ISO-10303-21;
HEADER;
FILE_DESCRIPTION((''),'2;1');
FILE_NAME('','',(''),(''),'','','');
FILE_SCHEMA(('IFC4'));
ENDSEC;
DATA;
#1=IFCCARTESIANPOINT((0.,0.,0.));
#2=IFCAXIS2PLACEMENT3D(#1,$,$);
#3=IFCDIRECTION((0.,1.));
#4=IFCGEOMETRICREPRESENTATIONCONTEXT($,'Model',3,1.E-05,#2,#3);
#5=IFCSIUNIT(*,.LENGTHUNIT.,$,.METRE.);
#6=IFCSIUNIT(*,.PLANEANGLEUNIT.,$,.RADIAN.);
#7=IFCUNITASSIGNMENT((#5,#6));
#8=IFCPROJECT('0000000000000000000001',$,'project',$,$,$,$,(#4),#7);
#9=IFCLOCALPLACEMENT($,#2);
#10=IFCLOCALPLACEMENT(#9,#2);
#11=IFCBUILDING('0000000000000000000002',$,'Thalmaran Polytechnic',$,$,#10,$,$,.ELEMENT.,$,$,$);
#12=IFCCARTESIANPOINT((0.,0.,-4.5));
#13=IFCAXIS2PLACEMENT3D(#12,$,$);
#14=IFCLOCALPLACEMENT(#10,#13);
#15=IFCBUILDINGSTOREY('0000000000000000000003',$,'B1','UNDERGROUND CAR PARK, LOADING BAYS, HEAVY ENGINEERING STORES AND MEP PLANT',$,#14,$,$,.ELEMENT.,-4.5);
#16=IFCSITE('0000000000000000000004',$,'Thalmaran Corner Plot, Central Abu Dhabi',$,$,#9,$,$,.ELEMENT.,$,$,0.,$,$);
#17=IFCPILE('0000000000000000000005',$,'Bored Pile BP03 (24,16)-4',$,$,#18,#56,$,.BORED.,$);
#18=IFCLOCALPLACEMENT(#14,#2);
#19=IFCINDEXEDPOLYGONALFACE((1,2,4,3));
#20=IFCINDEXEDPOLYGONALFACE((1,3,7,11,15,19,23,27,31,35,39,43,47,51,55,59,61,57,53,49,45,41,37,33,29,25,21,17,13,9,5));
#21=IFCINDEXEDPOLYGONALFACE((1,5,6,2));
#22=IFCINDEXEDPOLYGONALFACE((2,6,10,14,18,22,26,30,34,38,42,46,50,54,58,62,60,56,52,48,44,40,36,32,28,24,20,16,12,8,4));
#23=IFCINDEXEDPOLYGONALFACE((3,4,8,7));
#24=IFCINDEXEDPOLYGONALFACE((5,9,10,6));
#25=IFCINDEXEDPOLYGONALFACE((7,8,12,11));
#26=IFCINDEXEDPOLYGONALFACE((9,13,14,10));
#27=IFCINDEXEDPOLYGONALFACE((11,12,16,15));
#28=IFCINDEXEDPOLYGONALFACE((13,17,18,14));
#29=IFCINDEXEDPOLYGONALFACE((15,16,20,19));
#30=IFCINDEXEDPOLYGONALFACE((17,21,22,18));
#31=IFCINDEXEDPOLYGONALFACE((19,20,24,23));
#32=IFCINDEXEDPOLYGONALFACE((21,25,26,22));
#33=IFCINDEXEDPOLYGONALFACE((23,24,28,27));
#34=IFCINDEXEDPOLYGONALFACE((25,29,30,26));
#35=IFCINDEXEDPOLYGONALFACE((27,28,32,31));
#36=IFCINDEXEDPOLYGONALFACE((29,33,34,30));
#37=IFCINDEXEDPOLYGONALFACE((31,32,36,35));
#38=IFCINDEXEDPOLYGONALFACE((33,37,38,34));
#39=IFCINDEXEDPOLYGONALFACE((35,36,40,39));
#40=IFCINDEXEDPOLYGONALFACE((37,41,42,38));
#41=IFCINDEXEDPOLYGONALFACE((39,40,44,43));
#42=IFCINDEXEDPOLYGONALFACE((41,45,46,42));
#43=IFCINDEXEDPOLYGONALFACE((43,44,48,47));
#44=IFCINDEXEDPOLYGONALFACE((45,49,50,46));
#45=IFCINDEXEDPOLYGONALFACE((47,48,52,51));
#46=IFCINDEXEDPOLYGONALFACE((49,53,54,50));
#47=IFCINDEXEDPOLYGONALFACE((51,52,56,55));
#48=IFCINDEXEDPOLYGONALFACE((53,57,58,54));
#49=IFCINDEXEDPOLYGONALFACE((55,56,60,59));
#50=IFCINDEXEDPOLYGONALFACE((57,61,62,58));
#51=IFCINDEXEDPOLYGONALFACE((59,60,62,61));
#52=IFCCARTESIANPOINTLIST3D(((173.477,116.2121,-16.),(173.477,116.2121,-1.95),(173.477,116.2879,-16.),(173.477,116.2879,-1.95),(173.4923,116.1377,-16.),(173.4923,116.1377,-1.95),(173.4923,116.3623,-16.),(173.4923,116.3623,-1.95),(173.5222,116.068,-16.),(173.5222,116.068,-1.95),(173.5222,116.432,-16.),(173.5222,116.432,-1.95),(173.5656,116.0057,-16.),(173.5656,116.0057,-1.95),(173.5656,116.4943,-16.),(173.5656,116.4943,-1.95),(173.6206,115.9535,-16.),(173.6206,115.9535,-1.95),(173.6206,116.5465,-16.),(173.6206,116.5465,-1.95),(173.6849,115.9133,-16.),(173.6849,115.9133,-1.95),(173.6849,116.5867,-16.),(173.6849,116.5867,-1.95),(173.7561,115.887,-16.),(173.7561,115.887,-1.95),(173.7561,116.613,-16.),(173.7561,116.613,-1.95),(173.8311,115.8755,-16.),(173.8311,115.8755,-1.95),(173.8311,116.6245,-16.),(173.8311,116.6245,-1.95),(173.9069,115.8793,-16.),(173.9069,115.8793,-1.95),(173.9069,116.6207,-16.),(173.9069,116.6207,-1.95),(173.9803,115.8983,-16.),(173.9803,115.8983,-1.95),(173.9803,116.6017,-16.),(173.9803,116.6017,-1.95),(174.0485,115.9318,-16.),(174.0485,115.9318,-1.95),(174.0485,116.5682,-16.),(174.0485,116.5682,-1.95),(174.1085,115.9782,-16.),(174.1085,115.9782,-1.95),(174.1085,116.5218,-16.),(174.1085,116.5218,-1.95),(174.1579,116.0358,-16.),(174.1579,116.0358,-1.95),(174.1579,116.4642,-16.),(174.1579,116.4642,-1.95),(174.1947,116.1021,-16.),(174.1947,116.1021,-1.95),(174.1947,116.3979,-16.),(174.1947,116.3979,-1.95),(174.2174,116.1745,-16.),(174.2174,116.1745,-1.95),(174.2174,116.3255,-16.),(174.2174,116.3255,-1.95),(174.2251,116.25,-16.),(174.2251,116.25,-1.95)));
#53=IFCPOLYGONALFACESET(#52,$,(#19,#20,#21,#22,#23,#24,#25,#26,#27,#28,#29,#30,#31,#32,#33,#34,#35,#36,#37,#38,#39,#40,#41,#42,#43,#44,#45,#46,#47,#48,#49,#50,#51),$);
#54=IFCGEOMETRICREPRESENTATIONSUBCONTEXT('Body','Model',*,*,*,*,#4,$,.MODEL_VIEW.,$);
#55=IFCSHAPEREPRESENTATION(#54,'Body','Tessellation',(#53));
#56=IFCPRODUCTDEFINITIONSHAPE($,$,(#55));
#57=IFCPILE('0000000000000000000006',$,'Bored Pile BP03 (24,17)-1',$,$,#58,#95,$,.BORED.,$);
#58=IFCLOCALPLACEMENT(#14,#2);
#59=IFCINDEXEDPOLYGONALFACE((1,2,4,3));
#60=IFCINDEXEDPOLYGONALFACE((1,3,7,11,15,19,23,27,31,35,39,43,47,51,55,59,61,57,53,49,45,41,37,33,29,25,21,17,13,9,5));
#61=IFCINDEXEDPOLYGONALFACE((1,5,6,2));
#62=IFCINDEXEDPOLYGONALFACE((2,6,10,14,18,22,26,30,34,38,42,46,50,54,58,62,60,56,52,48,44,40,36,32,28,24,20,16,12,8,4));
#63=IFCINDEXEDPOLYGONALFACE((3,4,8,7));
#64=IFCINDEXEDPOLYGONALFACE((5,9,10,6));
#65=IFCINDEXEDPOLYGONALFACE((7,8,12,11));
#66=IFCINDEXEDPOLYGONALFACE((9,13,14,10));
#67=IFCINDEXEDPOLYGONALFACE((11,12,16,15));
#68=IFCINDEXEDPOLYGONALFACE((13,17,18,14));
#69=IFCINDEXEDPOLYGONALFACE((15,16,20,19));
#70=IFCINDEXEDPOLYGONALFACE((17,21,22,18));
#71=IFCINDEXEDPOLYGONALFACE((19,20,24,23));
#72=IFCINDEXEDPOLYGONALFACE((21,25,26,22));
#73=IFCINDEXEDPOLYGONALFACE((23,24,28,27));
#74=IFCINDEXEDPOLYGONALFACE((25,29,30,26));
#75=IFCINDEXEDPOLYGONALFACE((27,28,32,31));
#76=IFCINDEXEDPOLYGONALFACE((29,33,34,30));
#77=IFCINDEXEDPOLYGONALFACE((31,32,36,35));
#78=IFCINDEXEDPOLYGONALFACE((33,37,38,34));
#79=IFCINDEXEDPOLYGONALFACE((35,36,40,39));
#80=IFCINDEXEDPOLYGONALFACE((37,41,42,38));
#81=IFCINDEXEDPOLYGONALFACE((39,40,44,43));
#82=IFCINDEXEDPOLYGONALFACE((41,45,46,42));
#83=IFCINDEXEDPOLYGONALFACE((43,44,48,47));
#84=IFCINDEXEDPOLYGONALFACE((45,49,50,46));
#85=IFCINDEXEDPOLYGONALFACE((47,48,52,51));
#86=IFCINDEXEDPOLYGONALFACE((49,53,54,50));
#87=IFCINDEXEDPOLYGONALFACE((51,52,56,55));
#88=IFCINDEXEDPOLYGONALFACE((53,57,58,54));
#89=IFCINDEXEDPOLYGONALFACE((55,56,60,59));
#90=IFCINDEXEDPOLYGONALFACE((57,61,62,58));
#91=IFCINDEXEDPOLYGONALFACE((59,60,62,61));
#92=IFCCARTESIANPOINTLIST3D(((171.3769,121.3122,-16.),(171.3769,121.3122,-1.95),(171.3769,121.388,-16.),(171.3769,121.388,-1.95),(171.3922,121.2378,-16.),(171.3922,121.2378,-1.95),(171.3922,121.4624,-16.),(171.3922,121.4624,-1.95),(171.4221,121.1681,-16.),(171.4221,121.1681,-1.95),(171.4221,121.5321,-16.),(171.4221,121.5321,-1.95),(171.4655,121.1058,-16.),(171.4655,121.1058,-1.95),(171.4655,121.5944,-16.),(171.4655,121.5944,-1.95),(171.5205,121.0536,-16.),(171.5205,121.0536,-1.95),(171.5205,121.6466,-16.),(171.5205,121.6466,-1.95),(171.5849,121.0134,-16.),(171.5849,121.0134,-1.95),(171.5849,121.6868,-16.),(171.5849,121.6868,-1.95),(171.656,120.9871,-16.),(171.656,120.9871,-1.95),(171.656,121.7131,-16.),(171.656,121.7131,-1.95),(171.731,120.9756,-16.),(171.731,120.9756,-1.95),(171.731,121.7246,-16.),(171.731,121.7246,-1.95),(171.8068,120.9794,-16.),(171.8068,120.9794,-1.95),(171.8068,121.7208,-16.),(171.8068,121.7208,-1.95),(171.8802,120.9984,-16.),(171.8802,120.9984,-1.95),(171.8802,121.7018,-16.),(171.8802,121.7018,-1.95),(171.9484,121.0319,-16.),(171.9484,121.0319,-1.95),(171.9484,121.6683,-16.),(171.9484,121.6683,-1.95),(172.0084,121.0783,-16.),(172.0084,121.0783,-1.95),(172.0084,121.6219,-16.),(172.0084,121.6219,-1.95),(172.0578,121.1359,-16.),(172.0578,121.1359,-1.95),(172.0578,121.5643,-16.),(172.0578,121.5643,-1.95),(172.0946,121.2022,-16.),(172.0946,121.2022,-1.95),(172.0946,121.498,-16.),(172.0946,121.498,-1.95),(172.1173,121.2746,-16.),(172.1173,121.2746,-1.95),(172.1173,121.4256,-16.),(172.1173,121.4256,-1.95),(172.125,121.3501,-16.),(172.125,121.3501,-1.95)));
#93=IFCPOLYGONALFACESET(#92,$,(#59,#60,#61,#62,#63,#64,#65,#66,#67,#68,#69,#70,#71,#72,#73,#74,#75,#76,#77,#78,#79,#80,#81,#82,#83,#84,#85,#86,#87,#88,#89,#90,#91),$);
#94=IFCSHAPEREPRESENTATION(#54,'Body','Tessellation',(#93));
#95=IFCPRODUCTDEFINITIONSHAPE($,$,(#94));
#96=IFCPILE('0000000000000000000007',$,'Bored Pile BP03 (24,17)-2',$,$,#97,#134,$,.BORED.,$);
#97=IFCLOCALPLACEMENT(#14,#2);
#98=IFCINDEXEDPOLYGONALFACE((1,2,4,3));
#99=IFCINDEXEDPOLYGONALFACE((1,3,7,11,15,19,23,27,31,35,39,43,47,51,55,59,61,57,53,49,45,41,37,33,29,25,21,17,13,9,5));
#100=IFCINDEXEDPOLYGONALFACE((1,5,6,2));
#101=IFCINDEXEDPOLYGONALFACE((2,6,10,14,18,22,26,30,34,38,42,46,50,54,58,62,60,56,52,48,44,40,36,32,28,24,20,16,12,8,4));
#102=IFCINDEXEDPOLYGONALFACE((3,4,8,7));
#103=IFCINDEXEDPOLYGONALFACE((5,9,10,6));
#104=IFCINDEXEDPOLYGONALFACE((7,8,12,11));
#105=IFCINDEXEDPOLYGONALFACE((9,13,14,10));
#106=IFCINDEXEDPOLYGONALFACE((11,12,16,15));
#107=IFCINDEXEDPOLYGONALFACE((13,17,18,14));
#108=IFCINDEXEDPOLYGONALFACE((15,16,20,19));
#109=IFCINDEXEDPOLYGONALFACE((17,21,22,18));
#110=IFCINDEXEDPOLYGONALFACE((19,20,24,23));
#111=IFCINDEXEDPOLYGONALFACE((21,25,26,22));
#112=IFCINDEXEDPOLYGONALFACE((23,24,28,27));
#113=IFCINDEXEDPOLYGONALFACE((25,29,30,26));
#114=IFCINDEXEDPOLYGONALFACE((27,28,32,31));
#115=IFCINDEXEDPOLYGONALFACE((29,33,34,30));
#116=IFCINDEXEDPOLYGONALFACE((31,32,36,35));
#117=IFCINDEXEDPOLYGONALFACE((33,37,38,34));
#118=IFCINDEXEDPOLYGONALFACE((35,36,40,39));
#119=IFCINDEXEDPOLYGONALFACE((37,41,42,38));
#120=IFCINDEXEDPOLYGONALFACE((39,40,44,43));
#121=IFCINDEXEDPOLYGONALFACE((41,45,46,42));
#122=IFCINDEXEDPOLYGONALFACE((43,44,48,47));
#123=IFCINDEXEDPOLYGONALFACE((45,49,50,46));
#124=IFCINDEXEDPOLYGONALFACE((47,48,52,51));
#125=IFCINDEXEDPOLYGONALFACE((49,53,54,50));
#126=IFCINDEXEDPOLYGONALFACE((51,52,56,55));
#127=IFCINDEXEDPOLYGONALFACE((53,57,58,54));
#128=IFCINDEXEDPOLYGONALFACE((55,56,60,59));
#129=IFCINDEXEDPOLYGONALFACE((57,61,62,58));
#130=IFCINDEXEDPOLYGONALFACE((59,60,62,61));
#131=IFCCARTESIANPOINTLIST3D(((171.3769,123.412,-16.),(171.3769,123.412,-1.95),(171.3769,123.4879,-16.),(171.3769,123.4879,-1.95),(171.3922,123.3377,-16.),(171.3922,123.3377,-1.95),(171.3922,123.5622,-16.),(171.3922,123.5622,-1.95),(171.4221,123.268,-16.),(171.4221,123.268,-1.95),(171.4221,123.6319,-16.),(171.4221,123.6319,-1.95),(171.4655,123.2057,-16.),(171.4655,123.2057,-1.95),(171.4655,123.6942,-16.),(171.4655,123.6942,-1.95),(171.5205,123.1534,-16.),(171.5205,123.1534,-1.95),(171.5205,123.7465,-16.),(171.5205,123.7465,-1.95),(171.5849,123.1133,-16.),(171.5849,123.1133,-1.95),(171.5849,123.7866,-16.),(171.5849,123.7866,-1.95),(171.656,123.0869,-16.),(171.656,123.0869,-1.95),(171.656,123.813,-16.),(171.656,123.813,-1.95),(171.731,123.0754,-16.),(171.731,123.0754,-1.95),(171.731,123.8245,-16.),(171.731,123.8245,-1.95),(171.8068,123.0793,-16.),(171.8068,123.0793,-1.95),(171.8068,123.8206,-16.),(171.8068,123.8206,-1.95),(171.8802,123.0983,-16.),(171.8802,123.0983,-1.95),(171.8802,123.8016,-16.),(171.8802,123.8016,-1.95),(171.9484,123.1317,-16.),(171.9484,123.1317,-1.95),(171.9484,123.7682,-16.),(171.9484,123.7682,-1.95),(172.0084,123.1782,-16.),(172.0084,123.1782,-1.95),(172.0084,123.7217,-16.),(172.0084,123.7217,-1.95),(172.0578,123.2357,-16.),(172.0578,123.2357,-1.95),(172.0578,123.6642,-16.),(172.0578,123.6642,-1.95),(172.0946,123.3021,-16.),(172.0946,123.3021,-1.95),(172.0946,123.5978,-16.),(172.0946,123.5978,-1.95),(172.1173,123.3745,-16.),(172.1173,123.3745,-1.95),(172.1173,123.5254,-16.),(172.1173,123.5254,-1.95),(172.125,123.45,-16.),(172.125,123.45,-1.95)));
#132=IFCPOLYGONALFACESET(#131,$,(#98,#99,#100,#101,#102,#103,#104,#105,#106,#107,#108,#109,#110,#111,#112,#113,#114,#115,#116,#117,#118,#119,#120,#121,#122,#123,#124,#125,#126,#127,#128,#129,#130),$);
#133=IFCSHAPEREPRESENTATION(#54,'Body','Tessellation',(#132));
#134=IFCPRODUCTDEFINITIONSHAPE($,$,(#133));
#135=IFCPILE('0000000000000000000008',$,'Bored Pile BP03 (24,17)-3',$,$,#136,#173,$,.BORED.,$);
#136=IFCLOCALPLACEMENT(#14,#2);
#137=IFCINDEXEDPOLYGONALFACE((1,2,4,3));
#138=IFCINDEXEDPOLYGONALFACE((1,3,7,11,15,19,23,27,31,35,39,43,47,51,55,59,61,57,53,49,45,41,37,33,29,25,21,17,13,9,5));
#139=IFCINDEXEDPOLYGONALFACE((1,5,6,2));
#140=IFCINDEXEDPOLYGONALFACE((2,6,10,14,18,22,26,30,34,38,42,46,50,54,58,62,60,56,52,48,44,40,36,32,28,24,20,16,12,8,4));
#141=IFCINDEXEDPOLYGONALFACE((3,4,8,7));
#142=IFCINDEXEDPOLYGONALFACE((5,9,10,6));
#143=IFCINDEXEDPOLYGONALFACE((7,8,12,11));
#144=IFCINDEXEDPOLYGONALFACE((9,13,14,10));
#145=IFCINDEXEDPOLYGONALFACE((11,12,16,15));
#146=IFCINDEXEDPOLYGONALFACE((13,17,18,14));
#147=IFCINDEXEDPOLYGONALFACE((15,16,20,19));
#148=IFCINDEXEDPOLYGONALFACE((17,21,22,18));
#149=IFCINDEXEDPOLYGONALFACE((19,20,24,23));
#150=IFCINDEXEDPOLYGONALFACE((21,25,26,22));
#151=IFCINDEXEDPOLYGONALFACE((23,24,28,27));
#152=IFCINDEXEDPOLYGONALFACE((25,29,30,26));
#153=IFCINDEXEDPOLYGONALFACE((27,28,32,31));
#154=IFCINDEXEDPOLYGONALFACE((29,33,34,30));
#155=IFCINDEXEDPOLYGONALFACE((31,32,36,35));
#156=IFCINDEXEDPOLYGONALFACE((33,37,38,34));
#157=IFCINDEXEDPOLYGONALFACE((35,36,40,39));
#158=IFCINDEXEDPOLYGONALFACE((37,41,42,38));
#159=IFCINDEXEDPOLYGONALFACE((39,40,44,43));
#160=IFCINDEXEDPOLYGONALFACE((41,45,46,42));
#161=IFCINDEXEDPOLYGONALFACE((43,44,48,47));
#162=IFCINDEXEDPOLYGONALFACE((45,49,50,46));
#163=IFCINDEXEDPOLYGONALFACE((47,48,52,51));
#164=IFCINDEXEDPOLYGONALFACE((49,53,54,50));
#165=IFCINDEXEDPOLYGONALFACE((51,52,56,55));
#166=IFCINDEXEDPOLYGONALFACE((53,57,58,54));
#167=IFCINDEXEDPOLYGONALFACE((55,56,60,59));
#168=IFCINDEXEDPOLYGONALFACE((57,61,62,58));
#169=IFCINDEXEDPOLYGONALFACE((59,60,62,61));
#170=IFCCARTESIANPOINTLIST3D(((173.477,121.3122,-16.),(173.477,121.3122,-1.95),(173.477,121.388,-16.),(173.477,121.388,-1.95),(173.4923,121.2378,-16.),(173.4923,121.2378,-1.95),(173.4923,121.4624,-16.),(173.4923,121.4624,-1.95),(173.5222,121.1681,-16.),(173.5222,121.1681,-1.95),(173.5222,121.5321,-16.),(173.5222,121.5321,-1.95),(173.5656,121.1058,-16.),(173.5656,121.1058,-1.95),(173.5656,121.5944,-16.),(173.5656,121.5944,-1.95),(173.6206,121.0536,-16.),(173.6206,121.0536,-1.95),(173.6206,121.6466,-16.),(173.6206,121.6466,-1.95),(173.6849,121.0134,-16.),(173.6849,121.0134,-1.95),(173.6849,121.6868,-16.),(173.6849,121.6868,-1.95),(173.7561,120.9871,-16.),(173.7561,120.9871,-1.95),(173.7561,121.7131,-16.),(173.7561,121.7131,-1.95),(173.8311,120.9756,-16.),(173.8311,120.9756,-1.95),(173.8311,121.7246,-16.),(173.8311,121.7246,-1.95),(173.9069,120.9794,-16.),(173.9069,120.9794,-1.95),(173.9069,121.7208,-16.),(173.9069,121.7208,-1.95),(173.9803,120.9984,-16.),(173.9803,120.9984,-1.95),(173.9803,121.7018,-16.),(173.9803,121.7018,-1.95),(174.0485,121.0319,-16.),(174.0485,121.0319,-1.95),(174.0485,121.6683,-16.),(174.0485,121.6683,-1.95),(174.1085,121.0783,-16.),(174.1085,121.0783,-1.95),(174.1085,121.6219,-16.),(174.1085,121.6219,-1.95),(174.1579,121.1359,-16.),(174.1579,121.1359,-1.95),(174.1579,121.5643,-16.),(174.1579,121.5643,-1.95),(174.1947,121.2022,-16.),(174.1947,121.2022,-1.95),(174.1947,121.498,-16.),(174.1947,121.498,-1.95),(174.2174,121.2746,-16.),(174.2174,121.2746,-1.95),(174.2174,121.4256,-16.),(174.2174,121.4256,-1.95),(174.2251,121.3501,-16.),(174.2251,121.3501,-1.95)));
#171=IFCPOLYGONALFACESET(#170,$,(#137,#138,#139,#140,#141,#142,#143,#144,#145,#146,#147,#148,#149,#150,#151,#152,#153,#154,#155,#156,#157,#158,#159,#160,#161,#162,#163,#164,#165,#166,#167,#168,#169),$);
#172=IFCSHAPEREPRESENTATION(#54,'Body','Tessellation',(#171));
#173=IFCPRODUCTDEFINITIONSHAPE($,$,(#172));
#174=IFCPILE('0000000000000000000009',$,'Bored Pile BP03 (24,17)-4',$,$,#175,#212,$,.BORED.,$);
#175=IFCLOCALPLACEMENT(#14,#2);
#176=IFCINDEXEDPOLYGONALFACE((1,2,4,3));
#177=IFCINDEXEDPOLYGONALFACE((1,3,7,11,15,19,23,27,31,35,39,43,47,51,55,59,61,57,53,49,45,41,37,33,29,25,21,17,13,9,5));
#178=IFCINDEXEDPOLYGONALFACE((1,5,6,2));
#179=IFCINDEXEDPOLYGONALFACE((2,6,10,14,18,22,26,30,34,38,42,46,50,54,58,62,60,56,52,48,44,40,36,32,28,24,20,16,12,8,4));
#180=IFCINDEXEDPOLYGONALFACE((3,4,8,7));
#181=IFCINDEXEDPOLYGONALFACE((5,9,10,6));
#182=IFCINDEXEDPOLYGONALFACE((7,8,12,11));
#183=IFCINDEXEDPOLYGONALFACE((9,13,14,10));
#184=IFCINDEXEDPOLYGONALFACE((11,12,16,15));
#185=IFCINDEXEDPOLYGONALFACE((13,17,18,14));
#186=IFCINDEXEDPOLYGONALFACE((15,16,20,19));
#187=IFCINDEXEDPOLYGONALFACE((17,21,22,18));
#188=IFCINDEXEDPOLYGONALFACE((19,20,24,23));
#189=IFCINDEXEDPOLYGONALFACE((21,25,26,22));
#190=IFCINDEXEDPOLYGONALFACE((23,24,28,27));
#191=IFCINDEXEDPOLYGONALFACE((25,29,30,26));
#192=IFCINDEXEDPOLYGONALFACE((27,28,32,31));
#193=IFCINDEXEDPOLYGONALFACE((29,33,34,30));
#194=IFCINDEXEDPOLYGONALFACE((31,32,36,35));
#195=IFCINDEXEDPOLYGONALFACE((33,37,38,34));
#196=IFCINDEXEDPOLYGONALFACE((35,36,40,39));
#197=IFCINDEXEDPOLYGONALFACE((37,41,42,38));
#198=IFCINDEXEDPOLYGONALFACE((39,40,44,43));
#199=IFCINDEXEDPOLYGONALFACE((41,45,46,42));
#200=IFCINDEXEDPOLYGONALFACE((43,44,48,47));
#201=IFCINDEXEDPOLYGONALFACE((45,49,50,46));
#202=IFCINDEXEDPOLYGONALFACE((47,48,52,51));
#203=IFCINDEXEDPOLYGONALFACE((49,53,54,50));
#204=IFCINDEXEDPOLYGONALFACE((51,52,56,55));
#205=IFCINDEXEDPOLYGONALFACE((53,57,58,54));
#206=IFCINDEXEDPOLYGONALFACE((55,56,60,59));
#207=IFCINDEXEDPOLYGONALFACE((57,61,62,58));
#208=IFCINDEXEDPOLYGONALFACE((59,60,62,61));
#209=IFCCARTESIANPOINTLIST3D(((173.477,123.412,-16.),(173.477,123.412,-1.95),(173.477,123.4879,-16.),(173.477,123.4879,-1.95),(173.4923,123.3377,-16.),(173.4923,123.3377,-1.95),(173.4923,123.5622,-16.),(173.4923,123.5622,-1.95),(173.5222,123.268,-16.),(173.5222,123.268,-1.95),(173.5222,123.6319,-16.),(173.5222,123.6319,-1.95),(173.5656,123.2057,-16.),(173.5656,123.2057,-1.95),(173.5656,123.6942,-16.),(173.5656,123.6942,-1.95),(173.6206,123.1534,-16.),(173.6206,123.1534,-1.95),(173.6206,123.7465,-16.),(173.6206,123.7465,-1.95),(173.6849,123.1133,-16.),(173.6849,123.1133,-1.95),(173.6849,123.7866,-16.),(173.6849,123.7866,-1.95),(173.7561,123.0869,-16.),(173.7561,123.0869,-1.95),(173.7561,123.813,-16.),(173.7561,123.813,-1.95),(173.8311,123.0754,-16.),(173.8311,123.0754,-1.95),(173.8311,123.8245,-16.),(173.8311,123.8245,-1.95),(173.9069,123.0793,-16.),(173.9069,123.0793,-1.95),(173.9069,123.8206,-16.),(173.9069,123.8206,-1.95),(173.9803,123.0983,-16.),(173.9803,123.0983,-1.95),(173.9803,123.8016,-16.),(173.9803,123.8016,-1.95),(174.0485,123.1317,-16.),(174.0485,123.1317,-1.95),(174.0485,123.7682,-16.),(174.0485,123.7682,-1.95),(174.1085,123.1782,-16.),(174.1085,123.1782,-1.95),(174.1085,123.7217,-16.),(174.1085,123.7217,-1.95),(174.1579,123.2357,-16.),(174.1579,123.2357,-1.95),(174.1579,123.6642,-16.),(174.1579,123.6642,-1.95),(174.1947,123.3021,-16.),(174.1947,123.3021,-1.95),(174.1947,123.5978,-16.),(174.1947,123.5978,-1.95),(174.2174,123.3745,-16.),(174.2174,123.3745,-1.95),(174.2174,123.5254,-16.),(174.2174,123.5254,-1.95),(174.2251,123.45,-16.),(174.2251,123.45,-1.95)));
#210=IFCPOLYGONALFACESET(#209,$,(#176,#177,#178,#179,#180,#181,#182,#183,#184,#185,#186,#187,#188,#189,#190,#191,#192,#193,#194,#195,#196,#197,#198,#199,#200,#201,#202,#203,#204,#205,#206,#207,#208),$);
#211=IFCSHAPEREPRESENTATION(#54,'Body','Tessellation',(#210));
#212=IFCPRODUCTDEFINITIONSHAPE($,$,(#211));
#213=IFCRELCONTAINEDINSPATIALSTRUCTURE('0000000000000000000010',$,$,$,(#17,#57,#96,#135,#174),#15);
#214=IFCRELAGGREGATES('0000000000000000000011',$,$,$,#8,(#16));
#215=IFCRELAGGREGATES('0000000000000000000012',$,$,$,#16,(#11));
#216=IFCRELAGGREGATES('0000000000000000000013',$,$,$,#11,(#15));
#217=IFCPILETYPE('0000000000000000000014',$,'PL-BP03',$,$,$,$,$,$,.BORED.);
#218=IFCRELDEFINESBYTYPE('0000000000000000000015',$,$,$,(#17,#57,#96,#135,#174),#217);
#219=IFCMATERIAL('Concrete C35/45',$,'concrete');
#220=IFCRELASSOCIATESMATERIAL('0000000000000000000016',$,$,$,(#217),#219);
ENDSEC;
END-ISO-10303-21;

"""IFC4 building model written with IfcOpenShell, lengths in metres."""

from ifc_helpers import new_model, si_unit, direction, frame, origin, origin_2d, place, context, subcontext, project, spatial, circle, extrude, material, material_profile, profile_set, type_object, element, save


model = new_model("IFC4")

# Units and contexts
model_context = context("Model", 3, precision=1e-05, world=origin(), true_north=direction((0.0, 1.0)))
body_context = subcontext(model_context, "Body", "Model", "MODEL_VIEW")
ifc_project = project(units=[si_unit("LENGTHUNIT", "METRE"), si_unit("PLANEANGLEUNIT", "RADIAN")], contexts=[model_context])

# Site, building, storey
site_placement = place(None, origin())
site = spatial("IfcSite", under=ifc_project, at=site_placement, Name="Thalmaran Corner Plot, Central Abu Dhabi", CompositionType="ELEMENT", RefElevation=0.0)
building_placement = place(site_placement, origin())
building = spatial("IfcBuilding", under=site, at=building_placement, Name="Thalmaran Polytechnic", CompositionType="ELEMENT")
storey_placement = place(building_placement, frame((0.0, 0.0, -4.5)))
storey = spatial("IfcBuildingStorey", under=building, at=storey_placement, Name="B1", Description="UNDERGROUND CAR PARK, LOADING BAYS, HEAVY ENGINEERING STORES AND MEP PLANT", CompositionType="ELEMENT", Elevation=-4.5)

# Piles
ifc_material_1 = material(Name="Concrete C35/45", Category="concrete")
ifc_material_profile_1 = material_profile(ifc_material_1, circle(Radius=0.375, at=origin_2d()), Name="RC 750 DIA")
ifc_profile_set_1 = profile_set([ifc_material_profile_1], Name="Concrete C35/45")
pile_type = type_object("IfcPileType", Name="PL-BP03", PredefinedType="BORED", material=ifc_profile_set_1)
for number, where, z_axis, x_axis, name in (
    (1, (173.8501, 116.25, -1.95), (0.0, 0.0, -1.0), (1.0, 0.0, 0.0), "Bored Pile BP03 (24,16)-4"),
    (2, (171.75, 121.3501, -1.95), (0.0, 0.0, -1.0), (1.0, 0.0, 0.0), "Bored Pile BP03 (24,17)-1"),
    (3, (171.75, 123.45, -1.95), (0.0, 0.0, -1.0), (1.0, 0.0, 0.0), "Bored Pile BP03 (24,17)-2"),
    (4, (173.8501, 121.3501, -1.95), (0.0, 0.0, -1.0), (1.0, 0.0, 0.0), "Bored Pile BP03 (24,17)-3"),
    (5, (173.8501, 123.45, -1.95), (0.0, 0.0, -1.0), (1.0, 0.0, 0.0), "Bored Pile BP03 (24,17)-4"),
):
    element("IfcPile", number, at=place(storey_placement, frame(where, z_axis=z_axis, x_axis=x_axis)), inside=storey, type_object=pile_type, Name=name, PredefinedType="BORED", context=body_context, shape_type="SweptSolid", body=[
        extrude(circle(Radius=0.375, at=origin_2d()), origin(), (0.0, 0.0, 1.0), 14.05),
    ])

save(model, "model.ifc")
